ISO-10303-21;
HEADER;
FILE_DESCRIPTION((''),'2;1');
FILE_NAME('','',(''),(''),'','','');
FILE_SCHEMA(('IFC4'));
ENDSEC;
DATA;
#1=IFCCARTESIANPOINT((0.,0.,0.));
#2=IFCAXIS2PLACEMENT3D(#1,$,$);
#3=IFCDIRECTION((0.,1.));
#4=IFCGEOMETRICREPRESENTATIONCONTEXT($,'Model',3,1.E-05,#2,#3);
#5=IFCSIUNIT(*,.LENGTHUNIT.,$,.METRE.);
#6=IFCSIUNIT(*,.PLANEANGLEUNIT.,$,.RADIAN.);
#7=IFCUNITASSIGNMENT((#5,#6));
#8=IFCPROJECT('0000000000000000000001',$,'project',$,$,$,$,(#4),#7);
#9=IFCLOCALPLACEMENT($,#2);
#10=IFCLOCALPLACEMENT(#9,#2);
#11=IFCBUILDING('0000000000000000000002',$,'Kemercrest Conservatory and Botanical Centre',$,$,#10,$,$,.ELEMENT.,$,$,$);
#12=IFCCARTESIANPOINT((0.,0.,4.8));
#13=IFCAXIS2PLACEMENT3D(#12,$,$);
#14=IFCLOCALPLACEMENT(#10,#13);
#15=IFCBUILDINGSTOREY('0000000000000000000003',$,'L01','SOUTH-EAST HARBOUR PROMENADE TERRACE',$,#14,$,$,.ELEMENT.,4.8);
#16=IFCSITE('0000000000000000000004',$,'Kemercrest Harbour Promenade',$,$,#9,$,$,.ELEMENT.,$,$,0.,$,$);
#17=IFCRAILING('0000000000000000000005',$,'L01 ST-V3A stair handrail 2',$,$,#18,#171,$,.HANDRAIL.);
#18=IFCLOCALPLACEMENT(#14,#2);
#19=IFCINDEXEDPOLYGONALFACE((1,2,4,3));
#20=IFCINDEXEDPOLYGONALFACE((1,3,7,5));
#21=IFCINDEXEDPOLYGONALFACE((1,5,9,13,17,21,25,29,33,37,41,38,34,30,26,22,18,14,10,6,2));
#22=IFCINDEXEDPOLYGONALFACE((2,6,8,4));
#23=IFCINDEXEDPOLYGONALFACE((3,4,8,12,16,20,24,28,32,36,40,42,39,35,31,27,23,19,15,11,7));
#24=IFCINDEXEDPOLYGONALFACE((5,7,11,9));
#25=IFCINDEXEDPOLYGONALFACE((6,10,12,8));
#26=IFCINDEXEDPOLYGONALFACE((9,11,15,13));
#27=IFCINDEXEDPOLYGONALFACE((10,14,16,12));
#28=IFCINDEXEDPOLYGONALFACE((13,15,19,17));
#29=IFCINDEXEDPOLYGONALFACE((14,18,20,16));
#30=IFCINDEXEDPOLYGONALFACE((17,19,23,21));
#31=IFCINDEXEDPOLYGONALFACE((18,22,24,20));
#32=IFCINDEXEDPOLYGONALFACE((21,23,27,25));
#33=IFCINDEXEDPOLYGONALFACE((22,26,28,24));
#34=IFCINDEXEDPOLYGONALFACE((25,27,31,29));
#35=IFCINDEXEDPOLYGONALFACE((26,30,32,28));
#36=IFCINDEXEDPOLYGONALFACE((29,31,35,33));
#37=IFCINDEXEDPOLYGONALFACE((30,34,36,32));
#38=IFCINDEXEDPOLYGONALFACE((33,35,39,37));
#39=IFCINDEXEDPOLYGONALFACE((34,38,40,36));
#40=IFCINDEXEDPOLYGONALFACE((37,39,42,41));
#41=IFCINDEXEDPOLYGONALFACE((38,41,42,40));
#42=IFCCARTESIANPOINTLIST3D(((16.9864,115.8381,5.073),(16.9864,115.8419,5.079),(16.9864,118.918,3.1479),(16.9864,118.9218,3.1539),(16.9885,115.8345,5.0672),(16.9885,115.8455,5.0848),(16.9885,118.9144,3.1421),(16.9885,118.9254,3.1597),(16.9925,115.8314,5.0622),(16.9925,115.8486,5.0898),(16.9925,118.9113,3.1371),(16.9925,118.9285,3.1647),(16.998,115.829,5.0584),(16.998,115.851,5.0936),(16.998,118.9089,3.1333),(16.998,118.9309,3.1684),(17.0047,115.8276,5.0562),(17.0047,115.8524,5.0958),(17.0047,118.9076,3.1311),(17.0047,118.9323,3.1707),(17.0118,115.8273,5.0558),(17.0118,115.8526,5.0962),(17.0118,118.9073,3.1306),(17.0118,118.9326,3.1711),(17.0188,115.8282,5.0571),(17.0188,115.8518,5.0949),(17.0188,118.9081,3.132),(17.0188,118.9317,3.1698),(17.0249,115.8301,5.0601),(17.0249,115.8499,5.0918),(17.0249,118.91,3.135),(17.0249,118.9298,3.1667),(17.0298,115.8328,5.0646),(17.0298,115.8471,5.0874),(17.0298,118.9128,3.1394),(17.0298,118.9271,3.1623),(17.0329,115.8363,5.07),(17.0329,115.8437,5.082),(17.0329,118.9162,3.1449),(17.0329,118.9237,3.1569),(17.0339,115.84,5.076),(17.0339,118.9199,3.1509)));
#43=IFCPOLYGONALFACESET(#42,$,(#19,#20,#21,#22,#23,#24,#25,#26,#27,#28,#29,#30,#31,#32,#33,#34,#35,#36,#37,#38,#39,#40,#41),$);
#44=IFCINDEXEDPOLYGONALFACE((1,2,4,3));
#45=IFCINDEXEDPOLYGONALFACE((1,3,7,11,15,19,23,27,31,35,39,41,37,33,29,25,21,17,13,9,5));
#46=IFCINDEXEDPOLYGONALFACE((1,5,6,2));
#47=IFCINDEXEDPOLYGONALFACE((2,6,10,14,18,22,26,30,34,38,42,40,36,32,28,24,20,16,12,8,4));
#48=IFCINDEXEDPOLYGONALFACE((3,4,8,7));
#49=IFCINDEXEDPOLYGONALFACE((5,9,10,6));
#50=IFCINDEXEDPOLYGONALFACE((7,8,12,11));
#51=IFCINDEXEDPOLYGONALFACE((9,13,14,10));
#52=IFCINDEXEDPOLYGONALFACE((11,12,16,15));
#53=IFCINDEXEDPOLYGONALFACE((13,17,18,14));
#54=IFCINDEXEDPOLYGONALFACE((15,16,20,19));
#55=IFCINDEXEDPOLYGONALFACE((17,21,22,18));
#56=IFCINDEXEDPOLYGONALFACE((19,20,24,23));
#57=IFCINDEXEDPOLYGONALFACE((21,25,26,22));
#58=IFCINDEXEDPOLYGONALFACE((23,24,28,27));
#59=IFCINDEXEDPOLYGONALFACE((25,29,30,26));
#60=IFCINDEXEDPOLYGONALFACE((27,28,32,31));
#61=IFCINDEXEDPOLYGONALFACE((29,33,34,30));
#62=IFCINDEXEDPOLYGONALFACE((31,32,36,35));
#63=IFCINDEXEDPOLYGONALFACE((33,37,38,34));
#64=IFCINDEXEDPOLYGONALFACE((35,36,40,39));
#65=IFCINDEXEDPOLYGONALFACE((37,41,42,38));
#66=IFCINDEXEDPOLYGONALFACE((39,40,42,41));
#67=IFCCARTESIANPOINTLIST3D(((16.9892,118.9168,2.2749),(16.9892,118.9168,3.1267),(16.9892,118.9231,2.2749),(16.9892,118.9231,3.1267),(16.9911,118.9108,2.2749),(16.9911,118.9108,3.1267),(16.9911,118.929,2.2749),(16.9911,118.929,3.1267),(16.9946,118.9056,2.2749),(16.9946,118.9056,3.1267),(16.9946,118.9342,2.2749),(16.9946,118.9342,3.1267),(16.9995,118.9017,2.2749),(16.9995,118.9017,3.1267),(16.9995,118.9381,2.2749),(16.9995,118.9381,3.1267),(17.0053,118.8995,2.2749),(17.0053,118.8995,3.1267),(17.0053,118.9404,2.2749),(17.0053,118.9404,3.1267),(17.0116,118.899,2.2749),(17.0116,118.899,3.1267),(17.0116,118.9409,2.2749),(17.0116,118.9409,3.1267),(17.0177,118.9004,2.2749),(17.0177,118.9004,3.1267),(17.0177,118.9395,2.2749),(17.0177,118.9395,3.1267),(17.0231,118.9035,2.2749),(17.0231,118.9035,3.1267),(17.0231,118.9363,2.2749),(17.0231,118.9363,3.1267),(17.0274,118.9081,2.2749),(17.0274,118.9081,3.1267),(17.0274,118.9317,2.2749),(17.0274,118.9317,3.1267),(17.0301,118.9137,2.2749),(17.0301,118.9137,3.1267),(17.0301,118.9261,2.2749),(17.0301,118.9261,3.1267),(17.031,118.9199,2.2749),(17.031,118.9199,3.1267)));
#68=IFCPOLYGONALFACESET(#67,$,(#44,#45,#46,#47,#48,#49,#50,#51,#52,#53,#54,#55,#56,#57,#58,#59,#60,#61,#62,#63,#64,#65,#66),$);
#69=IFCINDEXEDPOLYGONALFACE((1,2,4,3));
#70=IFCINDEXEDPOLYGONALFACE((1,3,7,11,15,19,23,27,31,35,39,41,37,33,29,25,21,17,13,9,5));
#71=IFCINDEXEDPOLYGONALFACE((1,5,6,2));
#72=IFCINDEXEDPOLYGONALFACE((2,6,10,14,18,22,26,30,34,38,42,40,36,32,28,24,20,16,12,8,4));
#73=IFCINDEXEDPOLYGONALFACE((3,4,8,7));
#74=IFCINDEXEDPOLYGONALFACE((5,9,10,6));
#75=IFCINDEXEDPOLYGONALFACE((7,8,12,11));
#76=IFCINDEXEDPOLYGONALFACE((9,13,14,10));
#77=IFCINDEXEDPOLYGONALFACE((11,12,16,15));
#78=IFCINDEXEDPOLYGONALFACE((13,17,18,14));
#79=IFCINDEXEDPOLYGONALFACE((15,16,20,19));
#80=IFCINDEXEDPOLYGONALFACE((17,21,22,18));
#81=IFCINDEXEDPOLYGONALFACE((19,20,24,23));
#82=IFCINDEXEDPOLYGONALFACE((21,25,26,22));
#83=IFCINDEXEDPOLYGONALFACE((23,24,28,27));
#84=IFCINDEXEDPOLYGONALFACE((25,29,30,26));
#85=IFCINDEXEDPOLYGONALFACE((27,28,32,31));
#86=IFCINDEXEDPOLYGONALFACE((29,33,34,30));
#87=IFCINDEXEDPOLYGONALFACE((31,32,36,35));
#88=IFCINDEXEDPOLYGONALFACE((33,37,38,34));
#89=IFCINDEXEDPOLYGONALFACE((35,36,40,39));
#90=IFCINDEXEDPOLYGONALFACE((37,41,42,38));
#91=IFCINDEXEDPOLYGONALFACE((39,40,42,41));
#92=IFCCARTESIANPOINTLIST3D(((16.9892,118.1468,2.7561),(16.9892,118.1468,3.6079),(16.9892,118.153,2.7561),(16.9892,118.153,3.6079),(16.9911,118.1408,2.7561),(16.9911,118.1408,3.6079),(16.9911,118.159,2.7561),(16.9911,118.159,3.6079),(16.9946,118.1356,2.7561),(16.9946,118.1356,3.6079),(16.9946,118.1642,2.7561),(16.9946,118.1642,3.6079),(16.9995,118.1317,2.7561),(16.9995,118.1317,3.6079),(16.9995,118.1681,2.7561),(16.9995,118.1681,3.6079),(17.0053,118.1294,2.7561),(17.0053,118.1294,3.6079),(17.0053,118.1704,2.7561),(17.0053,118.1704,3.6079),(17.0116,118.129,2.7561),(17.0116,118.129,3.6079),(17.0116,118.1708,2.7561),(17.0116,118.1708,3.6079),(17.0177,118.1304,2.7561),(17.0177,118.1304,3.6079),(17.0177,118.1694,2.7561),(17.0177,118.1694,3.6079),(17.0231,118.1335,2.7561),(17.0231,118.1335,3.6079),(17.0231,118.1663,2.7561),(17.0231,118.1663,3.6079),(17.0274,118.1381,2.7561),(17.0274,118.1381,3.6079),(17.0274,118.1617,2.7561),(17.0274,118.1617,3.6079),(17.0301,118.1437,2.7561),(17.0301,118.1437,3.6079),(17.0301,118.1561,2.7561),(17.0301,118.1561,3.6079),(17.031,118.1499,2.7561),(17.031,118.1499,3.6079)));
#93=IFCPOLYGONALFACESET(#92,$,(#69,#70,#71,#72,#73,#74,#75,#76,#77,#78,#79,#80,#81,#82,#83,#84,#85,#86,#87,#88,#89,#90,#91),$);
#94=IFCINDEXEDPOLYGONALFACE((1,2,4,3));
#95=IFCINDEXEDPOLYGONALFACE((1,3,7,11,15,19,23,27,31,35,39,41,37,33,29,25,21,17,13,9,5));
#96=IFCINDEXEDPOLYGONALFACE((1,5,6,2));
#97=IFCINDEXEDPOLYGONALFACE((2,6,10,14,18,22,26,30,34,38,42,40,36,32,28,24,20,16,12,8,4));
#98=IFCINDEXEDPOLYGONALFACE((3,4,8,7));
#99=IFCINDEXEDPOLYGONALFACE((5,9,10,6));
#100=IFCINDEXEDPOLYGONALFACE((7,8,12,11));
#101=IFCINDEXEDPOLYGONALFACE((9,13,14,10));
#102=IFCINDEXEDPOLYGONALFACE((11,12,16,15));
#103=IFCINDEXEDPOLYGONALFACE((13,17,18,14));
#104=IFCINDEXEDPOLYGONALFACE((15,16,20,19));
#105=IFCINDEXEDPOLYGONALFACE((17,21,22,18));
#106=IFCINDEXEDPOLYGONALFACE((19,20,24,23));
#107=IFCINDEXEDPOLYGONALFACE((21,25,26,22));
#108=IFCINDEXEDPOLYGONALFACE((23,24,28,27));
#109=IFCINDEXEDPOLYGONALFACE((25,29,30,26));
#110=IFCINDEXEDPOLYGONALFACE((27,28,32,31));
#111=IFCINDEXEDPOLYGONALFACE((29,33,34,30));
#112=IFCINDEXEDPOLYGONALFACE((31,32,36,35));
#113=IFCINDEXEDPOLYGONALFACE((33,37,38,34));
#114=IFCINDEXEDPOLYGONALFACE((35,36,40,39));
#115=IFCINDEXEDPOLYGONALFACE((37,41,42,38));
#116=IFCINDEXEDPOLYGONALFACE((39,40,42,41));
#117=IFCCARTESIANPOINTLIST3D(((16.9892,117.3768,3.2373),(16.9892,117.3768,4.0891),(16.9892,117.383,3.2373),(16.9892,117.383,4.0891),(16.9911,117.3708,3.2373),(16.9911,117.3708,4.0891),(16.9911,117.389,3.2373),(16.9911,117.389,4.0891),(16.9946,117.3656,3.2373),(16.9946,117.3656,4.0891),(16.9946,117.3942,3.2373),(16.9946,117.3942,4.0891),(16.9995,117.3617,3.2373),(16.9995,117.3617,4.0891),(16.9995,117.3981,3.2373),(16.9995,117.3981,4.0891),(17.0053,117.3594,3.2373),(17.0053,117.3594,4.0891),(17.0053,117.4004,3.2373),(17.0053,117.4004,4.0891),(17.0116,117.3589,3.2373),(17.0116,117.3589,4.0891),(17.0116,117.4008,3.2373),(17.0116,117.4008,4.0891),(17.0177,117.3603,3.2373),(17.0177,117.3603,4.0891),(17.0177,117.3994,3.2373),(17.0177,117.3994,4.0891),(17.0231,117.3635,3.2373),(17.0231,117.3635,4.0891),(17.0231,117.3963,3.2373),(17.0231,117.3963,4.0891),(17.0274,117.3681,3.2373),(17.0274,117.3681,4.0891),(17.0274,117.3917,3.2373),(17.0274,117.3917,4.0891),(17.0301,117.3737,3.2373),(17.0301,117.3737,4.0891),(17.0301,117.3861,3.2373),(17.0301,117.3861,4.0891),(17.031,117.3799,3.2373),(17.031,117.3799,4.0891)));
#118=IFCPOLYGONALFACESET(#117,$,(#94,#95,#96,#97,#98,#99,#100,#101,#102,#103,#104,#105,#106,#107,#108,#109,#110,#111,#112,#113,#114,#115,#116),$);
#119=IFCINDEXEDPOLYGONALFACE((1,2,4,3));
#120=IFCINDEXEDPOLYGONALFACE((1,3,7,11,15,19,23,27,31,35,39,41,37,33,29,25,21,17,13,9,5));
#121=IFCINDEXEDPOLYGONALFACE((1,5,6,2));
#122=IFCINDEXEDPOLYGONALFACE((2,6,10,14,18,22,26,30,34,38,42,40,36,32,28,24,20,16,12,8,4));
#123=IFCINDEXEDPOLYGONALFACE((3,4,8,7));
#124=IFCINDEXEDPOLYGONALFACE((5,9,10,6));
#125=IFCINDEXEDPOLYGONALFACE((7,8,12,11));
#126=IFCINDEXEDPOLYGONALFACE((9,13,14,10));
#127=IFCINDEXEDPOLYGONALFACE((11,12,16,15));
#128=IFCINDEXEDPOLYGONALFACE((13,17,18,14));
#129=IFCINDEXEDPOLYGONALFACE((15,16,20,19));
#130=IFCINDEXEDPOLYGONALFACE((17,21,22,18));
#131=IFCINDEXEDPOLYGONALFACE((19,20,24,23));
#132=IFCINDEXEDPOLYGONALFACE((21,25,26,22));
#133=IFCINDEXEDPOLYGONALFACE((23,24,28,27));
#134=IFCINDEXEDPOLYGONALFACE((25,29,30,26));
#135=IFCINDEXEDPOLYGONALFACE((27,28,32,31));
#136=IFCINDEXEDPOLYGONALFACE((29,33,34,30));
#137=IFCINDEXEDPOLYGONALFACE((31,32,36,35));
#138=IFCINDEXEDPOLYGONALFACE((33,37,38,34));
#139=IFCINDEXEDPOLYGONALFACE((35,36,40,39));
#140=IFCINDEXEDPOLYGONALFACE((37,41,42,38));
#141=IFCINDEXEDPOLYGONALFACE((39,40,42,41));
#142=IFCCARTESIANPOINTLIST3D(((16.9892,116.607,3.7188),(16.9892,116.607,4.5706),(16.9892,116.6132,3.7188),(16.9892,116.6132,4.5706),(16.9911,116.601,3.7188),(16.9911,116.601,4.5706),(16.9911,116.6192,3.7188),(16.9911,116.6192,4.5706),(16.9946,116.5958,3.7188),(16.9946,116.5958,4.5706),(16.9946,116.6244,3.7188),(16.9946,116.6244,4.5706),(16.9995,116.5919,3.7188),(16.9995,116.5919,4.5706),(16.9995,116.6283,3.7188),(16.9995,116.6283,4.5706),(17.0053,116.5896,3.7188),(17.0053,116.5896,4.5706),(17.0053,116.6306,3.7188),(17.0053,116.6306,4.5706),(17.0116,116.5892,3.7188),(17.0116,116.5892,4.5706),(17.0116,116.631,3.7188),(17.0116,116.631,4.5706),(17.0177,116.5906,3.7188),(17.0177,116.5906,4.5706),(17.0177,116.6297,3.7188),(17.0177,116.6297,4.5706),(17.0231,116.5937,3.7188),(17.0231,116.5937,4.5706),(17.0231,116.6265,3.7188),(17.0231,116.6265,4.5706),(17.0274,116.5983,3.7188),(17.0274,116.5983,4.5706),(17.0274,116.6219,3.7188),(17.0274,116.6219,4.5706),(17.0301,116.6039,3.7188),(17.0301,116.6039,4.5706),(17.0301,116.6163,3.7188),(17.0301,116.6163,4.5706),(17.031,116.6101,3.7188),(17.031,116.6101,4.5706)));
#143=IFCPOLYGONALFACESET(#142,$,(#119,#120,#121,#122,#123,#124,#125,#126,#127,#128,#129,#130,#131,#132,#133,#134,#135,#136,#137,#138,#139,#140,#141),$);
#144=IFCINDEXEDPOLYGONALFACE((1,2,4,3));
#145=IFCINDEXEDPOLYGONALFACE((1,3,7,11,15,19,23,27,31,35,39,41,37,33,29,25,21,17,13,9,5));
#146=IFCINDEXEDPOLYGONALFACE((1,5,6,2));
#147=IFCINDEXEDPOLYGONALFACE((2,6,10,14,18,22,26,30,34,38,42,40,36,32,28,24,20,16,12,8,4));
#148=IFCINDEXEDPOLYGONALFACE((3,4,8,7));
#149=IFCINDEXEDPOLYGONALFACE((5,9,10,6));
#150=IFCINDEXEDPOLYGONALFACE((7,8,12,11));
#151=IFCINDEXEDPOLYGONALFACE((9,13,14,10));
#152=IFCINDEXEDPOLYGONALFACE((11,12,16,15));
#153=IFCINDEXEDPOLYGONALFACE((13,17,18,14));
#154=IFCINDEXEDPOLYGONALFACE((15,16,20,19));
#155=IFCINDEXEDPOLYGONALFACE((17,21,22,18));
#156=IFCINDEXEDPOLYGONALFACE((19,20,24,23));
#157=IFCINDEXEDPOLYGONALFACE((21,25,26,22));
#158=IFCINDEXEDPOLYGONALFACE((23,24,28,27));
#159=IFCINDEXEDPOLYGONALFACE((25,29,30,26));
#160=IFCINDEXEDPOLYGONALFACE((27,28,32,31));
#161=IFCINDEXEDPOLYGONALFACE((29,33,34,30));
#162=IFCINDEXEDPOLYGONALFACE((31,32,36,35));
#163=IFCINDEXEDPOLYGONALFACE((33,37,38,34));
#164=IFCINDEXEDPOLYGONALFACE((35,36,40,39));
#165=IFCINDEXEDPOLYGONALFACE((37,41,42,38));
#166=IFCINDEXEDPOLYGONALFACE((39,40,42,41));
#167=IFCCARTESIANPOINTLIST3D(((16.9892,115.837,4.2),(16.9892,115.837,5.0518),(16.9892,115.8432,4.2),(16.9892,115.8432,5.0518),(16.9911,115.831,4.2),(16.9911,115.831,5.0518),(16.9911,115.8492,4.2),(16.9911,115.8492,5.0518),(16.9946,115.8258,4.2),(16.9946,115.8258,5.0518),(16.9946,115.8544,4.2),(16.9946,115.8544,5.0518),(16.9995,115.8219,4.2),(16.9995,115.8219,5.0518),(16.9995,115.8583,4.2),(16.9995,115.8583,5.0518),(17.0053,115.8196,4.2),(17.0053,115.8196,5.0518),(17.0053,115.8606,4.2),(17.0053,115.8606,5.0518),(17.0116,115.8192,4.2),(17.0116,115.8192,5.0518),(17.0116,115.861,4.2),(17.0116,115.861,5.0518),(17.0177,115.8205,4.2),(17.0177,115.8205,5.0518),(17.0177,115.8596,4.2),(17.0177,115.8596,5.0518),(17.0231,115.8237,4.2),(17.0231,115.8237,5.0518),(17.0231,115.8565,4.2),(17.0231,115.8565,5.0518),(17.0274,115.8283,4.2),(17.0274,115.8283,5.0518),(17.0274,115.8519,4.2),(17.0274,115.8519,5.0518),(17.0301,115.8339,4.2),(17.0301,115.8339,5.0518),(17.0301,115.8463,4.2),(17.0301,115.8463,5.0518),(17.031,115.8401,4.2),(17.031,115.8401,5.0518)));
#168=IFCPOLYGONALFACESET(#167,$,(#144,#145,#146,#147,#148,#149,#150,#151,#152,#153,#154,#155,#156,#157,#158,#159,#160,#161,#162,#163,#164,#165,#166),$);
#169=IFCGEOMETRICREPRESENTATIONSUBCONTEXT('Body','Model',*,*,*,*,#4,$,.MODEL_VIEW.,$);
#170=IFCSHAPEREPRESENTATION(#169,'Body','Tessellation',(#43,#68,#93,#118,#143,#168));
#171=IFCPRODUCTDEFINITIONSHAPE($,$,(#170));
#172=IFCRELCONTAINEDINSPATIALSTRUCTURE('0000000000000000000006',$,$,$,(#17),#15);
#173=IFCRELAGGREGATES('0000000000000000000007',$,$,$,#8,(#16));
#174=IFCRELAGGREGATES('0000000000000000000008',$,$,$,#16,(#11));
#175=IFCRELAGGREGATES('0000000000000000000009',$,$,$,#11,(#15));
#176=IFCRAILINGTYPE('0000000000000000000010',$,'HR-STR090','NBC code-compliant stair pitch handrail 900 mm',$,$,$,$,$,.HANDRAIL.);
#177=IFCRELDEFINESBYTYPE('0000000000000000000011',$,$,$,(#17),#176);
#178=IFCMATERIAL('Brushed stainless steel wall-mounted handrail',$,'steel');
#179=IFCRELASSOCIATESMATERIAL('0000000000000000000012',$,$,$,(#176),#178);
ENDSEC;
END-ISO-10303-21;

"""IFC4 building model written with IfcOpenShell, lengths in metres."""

from ifc_helpers import new_model, si_unit, direction, frame, origin, origin_2d, place, context, subcontext, project, spatial, circle, extrude, material, type_object, element, save


model = new_model("IFC4")

# Units and contexts
model_context = context("Model", 3, precision=1e-05, world=origin(), true_north=direction((0.0, 1.0)))
body_context = subcontext(model_context, "Body", "Model", "MODEL_VIEW")
ifc_project = project(units=[si_unit("LENGTHUNIT", "METRE"), si_unit("PLANEANGLEUNIT", "RADIAN")], contexts=[model_context])

# Site, building, storey
site_placement = place(None, origin())
site = spatial("IfcSite", under=ifc_project, at=site_placement, Name="Kemercrest Harbour Promenade", CompositionType="ELEMENT", RefElevation=0.0)
building_placement = place(site_placement, origin())
building = spatial("IfcBuilding", under=site, at=building_placement, Name="Kemercrest Conservatory and Botanical Centre", CompositionType="ELEMENT")
storey_placement = place(building_placement, frame((0.0, 0.0, 4.8)))
storey = spatial("IfcBuildingStorey", under=building, at=storey_placement, Name="L01", Description="SOUTH-EAST HARBOUR PROMENADE TERRACE", CompositionType="ELEMENT", Elevation=4.8)

# Railing
ifc_material_1 = material(Name="Brushed stainless steel wall-mounted handrail", Category="steel")
railing_type_1 = type_object("IfcRailingType", Name="HR-STR090", Description="NBC code-compliant stair pitch handrail 900 mm", PredefinedType="HANDRAIL", material=ifc_material_1)
railing_1_placement = place(storey_placement, frame((17.01, 118.9199, 2.2749)))
element("IfcRailing", 1, at=railing_1_placement, inside=storey, type_object=railing_type_1, Name="L01 ST-V3A stair handrail 2", PredefinedType="HANDRAIL", context=body_context, shape_type="SweptSolid", body=[
    extrude(circle(Radius=0.0239, at=origin_2d()), frame((0.0, 0.0, 0.876), z_axis=(0.0, -0.847979, 0.530029), x_axis=(1.0, 0.0, 0.0)), (0.0, 0.0, 1.0), 3.6321),
    extrude(circle(Radius=0.021, at=origin_2d()), origin(), (0.0, 0.0, 1.0), 0.8518),
    extrude(circle(Radius=0.021, at=origin_2d()), frame((0.0, -0.77, 0.4812)), (0.0, 0.0, 1.0), 0.8518),
    extrude(circle(Radius=0.021, at=origin_2d()), frame((0.0, -1.54, 0.9624)), (0.0, 0.0, 1.0), 0.8518),
    extrude(circle(Radius=0.021, at=origin_2d()), frame((0.0, -2.3098, 1.4438)), (0.0, 0.0, 1.0), 0.8518),
    extrude(circle(Radius=0.021, at=origin_2d()), frame((0.0, -3.0798, 1.925)), (0.0, 0.0, 1.0), 0.8518),
])

save(model, "model.ifc")
